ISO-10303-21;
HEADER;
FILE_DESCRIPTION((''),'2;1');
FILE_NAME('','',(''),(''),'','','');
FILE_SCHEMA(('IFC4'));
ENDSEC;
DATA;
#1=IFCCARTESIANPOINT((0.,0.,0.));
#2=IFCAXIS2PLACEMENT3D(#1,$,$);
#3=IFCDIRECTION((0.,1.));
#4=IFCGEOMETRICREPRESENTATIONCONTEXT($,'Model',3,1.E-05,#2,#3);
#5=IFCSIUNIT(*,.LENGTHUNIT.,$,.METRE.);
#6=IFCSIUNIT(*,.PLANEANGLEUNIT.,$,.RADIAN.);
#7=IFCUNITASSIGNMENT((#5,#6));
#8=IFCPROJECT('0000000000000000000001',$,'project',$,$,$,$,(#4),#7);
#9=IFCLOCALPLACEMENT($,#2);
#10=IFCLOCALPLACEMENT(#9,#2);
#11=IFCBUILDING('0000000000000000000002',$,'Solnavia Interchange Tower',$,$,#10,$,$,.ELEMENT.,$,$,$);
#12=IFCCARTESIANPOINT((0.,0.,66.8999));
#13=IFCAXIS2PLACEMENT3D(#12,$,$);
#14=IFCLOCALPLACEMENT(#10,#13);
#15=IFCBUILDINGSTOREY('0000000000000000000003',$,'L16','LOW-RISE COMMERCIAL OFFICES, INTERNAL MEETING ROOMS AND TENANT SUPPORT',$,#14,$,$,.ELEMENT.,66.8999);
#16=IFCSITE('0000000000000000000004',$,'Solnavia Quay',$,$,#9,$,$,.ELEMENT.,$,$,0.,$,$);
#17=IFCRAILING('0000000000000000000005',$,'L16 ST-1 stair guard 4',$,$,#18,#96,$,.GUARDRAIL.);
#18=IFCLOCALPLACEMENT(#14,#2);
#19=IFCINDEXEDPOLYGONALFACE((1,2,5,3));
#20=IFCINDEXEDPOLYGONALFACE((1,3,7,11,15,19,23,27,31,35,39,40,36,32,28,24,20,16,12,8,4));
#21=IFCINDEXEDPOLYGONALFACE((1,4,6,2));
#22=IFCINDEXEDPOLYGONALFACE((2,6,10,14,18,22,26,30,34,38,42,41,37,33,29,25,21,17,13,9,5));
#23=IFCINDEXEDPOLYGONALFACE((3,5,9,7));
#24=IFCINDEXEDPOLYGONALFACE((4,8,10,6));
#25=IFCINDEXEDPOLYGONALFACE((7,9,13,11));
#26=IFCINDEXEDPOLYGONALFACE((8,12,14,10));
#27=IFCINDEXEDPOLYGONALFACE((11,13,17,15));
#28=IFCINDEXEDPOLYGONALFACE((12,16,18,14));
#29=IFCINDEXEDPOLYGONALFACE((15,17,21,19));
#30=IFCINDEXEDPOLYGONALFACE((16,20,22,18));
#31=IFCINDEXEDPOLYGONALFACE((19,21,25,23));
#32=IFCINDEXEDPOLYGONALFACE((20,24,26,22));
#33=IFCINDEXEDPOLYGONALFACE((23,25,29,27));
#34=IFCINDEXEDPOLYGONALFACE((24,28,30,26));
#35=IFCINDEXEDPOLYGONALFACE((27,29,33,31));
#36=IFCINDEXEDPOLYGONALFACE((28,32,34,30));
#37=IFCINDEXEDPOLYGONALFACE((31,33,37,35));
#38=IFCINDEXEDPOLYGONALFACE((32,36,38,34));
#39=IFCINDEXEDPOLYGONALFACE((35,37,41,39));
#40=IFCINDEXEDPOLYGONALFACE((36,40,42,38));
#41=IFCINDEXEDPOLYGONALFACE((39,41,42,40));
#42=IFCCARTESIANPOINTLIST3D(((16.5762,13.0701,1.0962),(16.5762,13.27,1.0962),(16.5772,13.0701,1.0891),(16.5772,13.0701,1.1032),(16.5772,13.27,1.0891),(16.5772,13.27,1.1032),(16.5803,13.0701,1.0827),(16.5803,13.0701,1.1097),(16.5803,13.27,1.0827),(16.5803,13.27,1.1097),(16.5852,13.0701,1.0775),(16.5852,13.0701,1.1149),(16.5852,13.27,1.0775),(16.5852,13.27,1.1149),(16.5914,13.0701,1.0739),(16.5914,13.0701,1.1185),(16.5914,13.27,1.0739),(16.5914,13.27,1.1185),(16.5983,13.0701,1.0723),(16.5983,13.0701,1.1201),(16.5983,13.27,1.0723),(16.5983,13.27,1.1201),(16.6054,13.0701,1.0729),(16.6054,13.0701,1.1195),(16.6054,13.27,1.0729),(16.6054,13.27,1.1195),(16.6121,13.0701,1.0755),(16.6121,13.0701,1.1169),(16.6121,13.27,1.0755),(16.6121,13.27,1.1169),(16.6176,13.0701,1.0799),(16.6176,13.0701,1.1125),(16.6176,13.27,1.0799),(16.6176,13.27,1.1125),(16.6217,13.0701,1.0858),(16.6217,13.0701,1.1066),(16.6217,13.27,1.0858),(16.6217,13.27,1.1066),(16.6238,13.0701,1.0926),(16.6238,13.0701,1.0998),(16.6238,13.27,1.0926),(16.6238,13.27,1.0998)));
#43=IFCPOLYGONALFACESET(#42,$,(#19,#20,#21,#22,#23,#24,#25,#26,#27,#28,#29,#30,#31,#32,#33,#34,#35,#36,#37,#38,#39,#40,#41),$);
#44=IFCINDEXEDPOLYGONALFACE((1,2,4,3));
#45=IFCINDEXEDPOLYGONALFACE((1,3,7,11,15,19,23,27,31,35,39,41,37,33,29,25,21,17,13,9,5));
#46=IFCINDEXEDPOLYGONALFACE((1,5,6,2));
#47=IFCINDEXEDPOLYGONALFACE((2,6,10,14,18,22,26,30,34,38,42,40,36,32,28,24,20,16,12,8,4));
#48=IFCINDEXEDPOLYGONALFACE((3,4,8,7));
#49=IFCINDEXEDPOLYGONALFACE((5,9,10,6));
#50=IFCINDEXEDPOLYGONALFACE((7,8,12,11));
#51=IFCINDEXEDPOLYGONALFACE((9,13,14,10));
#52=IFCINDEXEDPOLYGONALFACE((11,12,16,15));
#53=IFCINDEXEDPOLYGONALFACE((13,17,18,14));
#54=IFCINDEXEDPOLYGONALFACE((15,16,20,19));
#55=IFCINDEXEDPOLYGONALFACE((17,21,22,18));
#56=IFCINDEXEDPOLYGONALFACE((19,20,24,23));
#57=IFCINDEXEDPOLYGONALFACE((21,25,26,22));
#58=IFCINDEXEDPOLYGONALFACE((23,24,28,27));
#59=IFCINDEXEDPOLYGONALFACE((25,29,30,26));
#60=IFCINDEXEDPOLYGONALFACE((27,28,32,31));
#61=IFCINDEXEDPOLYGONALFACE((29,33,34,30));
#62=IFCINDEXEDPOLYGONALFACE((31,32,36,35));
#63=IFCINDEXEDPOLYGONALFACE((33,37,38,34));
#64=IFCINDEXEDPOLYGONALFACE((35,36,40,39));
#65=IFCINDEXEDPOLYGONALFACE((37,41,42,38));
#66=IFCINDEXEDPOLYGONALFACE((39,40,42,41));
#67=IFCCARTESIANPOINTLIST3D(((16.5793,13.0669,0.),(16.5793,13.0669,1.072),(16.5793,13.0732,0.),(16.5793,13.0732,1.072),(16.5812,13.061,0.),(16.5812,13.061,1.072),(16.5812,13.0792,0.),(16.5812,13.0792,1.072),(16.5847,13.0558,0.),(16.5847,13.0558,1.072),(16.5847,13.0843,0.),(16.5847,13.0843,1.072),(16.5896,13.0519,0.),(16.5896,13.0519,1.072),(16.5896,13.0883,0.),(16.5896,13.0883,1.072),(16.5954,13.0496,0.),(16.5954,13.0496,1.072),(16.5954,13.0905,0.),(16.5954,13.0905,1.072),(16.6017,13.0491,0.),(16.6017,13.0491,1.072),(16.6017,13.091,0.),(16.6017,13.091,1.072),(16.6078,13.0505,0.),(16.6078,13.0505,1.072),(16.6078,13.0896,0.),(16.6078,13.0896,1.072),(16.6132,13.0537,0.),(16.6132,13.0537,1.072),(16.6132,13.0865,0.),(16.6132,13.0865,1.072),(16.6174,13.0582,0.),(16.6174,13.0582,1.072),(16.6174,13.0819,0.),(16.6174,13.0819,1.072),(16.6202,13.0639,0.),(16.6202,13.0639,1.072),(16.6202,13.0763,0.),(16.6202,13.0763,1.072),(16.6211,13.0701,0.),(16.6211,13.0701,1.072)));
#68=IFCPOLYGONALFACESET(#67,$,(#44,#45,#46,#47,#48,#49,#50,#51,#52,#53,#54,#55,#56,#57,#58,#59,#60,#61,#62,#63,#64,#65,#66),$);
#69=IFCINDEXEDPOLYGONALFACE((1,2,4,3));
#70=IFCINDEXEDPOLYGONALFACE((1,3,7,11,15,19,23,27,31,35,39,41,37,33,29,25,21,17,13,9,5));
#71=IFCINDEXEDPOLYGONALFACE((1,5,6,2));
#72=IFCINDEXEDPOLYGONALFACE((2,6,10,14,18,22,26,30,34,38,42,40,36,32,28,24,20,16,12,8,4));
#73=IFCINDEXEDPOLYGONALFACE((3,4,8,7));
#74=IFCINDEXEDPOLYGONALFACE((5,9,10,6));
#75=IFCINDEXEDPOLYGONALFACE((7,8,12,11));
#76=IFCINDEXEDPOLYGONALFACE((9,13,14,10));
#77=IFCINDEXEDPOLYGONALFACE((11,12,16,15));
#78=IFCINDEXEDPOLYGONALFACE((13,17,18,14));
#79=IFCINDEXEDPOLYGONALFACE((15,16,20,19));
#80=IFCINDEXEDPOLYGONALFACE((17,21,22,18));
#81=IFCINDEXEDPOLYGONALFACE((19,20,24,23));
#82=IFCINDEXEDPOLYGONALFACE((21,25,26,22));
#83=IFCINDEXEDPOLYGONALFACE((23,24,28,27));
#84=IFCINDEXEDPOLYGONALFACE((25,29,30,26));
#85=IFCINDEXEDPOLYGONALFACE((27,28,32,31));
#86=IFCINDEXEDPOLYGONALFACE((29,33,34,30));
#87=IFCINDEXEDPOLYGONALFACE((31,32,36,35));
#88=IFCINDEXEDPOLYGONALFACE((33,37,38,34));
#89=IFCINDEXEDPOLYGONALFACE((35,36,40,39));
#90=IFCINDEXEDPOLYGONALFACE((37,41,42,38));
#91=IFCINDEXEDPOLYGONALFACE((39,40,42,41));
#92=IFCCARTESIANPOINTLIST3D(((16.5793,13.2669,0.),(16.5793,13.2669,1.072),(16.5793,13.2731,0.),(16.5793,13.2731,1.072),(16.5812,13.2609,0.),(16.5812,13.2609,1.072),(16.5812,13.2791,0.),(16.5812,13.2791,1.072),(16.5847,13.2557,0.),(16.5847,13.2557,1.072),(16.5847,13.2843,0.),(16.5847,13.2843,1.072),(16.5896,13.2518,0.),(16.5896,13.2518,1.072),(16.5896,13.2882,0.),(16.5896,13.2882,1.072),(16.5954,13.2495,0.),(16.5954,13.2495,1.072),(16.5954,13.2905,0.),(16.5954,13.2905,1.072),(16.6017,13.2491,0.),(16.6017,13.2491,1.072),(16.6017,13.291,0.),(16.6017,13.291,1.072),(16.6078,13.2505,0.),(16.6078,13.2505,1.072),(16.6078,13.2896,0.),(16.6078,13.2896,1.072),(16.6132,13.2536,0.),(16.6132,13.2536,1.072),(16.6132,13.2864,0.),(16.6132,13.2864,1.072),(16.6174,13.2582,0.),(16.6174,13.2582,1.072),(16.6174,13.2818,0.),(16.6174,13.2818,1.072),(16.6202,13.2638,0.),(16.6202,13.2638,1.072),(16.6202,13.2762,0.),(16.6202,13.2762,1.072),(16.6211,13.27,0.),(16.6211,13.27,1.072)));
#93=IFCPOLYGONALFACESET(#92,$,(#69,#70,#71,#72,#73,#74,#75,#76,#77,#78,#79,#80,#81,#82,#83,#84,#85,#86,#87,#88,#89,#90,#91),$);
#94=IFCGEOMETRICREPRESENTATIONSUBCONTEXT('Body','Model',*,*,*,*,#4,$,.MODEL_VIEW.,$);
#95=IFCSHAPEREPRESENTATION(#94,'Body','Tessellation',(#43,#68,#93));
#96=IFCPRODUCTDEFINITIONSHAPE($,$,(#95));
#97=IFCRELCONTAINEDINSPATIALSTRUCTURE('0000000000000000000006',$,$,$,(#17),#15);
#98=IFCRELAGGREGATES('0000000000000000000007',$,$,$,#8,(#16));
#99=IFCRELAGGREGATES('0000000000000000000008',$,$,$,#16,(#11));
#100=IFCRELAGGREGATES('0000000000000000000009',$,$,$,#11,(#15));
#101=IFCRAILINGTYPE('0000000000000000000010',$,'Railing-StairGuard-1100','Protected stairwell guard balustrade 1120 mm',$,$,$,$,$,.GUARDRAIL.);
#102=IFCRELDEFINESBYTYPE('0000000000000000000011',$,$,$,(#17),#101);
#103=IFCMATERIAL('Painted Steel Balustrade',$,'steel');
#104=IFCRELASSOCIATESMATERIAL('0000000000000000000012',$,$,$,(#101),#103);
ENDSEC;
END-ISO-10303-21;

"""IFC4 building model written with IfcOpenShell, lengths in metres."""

from ifc_helpers import new_model, si_unit, direction, frame, origin, origin_2d, place, context, subcontext, project, spatial, circle, extrude, material, type_object, element, save


model = new_model("IFC4")

# Units and contexts
model_context = context("Model", 3, precision=1e-05, world=origin(), true_north=direction((0.0, 1.0)))
body_context = subcontext(model_context, "Body", "Model", "MODEL_VIEW")
ifc_project = project(units=[si_unit("LENGTHUNIT", "METRE"), si_unit("PLANEANGLEUNIT", "RADIAN")], contexts=[model_context])

# Site, building, storey
site_placement = place(None, origin())
site = spatial("IfcSite", under=ifc_project, at=site_placement, Name="Solnavia Quay", CompositionType="ELEMENT", RefElevation=0.0)
building_placement = place(site_placement, origin())
building = spatial("IfcBuilding", under=site, at=building_placement, Name="Solnavia Interchange Tower", CompositionType="ELEMENT")
storey_placement = place(building_placement, frame((0.0, 0.0, 66.8999)))
storey = spatial("IfcBuildingStorey", under=building, at=storey_placement, Name="L16", Description="LOW-RISE COMMERCIAL OFFICES, INTERNAL MEETING ROOMS AND TENANT SUPPORT", CompositionType="ELEMENT", Elevation=66.8999)

# Railing
ifc_material_1 = material(Name="Painted Steel Balustrade", Category="steel")
railing_type_1 = type_object("IfcRailingType", Name="Railing-StairGuard-1100", Description="Protected stairwell guard balustrade 1120 mm", PredefinedType="GUARDRAIL", material=ifc_material_1)
railing_1_placement = place(storey_placement, frame((16.6001, 13.0701, 0.0)))
element("IfcRailing", 1, at=railing_1_placement, inside=storey, type_object=railing_type_1, Name="L16 ST-1 stair guard 4", PredefinedType="GUARDRAIL", context=body_context, shape_type="SweptSolid", body=[
    extrude(circle(Radius=0.0239, at=origin_2d()), frame((0.0, 0.0, 1.0962), z_axis=(0.0, 1.0, 0.0), x_axis=(-1.0, 0.0, 0.0)), (0.0, 0.0, 1.0), 0.2),
    extrude(circle(Radius=0.021, at=origin_2d()), origin(), (0.0, 0.0, 1.0), 1.072),
    extrude(circle(Radius=0.021, at=origin_2d()), frame((0.0, 0.2, 0.0)), (0.0, 0.0, 1.0), 1.072),
])

save(model, "model.ifc")
